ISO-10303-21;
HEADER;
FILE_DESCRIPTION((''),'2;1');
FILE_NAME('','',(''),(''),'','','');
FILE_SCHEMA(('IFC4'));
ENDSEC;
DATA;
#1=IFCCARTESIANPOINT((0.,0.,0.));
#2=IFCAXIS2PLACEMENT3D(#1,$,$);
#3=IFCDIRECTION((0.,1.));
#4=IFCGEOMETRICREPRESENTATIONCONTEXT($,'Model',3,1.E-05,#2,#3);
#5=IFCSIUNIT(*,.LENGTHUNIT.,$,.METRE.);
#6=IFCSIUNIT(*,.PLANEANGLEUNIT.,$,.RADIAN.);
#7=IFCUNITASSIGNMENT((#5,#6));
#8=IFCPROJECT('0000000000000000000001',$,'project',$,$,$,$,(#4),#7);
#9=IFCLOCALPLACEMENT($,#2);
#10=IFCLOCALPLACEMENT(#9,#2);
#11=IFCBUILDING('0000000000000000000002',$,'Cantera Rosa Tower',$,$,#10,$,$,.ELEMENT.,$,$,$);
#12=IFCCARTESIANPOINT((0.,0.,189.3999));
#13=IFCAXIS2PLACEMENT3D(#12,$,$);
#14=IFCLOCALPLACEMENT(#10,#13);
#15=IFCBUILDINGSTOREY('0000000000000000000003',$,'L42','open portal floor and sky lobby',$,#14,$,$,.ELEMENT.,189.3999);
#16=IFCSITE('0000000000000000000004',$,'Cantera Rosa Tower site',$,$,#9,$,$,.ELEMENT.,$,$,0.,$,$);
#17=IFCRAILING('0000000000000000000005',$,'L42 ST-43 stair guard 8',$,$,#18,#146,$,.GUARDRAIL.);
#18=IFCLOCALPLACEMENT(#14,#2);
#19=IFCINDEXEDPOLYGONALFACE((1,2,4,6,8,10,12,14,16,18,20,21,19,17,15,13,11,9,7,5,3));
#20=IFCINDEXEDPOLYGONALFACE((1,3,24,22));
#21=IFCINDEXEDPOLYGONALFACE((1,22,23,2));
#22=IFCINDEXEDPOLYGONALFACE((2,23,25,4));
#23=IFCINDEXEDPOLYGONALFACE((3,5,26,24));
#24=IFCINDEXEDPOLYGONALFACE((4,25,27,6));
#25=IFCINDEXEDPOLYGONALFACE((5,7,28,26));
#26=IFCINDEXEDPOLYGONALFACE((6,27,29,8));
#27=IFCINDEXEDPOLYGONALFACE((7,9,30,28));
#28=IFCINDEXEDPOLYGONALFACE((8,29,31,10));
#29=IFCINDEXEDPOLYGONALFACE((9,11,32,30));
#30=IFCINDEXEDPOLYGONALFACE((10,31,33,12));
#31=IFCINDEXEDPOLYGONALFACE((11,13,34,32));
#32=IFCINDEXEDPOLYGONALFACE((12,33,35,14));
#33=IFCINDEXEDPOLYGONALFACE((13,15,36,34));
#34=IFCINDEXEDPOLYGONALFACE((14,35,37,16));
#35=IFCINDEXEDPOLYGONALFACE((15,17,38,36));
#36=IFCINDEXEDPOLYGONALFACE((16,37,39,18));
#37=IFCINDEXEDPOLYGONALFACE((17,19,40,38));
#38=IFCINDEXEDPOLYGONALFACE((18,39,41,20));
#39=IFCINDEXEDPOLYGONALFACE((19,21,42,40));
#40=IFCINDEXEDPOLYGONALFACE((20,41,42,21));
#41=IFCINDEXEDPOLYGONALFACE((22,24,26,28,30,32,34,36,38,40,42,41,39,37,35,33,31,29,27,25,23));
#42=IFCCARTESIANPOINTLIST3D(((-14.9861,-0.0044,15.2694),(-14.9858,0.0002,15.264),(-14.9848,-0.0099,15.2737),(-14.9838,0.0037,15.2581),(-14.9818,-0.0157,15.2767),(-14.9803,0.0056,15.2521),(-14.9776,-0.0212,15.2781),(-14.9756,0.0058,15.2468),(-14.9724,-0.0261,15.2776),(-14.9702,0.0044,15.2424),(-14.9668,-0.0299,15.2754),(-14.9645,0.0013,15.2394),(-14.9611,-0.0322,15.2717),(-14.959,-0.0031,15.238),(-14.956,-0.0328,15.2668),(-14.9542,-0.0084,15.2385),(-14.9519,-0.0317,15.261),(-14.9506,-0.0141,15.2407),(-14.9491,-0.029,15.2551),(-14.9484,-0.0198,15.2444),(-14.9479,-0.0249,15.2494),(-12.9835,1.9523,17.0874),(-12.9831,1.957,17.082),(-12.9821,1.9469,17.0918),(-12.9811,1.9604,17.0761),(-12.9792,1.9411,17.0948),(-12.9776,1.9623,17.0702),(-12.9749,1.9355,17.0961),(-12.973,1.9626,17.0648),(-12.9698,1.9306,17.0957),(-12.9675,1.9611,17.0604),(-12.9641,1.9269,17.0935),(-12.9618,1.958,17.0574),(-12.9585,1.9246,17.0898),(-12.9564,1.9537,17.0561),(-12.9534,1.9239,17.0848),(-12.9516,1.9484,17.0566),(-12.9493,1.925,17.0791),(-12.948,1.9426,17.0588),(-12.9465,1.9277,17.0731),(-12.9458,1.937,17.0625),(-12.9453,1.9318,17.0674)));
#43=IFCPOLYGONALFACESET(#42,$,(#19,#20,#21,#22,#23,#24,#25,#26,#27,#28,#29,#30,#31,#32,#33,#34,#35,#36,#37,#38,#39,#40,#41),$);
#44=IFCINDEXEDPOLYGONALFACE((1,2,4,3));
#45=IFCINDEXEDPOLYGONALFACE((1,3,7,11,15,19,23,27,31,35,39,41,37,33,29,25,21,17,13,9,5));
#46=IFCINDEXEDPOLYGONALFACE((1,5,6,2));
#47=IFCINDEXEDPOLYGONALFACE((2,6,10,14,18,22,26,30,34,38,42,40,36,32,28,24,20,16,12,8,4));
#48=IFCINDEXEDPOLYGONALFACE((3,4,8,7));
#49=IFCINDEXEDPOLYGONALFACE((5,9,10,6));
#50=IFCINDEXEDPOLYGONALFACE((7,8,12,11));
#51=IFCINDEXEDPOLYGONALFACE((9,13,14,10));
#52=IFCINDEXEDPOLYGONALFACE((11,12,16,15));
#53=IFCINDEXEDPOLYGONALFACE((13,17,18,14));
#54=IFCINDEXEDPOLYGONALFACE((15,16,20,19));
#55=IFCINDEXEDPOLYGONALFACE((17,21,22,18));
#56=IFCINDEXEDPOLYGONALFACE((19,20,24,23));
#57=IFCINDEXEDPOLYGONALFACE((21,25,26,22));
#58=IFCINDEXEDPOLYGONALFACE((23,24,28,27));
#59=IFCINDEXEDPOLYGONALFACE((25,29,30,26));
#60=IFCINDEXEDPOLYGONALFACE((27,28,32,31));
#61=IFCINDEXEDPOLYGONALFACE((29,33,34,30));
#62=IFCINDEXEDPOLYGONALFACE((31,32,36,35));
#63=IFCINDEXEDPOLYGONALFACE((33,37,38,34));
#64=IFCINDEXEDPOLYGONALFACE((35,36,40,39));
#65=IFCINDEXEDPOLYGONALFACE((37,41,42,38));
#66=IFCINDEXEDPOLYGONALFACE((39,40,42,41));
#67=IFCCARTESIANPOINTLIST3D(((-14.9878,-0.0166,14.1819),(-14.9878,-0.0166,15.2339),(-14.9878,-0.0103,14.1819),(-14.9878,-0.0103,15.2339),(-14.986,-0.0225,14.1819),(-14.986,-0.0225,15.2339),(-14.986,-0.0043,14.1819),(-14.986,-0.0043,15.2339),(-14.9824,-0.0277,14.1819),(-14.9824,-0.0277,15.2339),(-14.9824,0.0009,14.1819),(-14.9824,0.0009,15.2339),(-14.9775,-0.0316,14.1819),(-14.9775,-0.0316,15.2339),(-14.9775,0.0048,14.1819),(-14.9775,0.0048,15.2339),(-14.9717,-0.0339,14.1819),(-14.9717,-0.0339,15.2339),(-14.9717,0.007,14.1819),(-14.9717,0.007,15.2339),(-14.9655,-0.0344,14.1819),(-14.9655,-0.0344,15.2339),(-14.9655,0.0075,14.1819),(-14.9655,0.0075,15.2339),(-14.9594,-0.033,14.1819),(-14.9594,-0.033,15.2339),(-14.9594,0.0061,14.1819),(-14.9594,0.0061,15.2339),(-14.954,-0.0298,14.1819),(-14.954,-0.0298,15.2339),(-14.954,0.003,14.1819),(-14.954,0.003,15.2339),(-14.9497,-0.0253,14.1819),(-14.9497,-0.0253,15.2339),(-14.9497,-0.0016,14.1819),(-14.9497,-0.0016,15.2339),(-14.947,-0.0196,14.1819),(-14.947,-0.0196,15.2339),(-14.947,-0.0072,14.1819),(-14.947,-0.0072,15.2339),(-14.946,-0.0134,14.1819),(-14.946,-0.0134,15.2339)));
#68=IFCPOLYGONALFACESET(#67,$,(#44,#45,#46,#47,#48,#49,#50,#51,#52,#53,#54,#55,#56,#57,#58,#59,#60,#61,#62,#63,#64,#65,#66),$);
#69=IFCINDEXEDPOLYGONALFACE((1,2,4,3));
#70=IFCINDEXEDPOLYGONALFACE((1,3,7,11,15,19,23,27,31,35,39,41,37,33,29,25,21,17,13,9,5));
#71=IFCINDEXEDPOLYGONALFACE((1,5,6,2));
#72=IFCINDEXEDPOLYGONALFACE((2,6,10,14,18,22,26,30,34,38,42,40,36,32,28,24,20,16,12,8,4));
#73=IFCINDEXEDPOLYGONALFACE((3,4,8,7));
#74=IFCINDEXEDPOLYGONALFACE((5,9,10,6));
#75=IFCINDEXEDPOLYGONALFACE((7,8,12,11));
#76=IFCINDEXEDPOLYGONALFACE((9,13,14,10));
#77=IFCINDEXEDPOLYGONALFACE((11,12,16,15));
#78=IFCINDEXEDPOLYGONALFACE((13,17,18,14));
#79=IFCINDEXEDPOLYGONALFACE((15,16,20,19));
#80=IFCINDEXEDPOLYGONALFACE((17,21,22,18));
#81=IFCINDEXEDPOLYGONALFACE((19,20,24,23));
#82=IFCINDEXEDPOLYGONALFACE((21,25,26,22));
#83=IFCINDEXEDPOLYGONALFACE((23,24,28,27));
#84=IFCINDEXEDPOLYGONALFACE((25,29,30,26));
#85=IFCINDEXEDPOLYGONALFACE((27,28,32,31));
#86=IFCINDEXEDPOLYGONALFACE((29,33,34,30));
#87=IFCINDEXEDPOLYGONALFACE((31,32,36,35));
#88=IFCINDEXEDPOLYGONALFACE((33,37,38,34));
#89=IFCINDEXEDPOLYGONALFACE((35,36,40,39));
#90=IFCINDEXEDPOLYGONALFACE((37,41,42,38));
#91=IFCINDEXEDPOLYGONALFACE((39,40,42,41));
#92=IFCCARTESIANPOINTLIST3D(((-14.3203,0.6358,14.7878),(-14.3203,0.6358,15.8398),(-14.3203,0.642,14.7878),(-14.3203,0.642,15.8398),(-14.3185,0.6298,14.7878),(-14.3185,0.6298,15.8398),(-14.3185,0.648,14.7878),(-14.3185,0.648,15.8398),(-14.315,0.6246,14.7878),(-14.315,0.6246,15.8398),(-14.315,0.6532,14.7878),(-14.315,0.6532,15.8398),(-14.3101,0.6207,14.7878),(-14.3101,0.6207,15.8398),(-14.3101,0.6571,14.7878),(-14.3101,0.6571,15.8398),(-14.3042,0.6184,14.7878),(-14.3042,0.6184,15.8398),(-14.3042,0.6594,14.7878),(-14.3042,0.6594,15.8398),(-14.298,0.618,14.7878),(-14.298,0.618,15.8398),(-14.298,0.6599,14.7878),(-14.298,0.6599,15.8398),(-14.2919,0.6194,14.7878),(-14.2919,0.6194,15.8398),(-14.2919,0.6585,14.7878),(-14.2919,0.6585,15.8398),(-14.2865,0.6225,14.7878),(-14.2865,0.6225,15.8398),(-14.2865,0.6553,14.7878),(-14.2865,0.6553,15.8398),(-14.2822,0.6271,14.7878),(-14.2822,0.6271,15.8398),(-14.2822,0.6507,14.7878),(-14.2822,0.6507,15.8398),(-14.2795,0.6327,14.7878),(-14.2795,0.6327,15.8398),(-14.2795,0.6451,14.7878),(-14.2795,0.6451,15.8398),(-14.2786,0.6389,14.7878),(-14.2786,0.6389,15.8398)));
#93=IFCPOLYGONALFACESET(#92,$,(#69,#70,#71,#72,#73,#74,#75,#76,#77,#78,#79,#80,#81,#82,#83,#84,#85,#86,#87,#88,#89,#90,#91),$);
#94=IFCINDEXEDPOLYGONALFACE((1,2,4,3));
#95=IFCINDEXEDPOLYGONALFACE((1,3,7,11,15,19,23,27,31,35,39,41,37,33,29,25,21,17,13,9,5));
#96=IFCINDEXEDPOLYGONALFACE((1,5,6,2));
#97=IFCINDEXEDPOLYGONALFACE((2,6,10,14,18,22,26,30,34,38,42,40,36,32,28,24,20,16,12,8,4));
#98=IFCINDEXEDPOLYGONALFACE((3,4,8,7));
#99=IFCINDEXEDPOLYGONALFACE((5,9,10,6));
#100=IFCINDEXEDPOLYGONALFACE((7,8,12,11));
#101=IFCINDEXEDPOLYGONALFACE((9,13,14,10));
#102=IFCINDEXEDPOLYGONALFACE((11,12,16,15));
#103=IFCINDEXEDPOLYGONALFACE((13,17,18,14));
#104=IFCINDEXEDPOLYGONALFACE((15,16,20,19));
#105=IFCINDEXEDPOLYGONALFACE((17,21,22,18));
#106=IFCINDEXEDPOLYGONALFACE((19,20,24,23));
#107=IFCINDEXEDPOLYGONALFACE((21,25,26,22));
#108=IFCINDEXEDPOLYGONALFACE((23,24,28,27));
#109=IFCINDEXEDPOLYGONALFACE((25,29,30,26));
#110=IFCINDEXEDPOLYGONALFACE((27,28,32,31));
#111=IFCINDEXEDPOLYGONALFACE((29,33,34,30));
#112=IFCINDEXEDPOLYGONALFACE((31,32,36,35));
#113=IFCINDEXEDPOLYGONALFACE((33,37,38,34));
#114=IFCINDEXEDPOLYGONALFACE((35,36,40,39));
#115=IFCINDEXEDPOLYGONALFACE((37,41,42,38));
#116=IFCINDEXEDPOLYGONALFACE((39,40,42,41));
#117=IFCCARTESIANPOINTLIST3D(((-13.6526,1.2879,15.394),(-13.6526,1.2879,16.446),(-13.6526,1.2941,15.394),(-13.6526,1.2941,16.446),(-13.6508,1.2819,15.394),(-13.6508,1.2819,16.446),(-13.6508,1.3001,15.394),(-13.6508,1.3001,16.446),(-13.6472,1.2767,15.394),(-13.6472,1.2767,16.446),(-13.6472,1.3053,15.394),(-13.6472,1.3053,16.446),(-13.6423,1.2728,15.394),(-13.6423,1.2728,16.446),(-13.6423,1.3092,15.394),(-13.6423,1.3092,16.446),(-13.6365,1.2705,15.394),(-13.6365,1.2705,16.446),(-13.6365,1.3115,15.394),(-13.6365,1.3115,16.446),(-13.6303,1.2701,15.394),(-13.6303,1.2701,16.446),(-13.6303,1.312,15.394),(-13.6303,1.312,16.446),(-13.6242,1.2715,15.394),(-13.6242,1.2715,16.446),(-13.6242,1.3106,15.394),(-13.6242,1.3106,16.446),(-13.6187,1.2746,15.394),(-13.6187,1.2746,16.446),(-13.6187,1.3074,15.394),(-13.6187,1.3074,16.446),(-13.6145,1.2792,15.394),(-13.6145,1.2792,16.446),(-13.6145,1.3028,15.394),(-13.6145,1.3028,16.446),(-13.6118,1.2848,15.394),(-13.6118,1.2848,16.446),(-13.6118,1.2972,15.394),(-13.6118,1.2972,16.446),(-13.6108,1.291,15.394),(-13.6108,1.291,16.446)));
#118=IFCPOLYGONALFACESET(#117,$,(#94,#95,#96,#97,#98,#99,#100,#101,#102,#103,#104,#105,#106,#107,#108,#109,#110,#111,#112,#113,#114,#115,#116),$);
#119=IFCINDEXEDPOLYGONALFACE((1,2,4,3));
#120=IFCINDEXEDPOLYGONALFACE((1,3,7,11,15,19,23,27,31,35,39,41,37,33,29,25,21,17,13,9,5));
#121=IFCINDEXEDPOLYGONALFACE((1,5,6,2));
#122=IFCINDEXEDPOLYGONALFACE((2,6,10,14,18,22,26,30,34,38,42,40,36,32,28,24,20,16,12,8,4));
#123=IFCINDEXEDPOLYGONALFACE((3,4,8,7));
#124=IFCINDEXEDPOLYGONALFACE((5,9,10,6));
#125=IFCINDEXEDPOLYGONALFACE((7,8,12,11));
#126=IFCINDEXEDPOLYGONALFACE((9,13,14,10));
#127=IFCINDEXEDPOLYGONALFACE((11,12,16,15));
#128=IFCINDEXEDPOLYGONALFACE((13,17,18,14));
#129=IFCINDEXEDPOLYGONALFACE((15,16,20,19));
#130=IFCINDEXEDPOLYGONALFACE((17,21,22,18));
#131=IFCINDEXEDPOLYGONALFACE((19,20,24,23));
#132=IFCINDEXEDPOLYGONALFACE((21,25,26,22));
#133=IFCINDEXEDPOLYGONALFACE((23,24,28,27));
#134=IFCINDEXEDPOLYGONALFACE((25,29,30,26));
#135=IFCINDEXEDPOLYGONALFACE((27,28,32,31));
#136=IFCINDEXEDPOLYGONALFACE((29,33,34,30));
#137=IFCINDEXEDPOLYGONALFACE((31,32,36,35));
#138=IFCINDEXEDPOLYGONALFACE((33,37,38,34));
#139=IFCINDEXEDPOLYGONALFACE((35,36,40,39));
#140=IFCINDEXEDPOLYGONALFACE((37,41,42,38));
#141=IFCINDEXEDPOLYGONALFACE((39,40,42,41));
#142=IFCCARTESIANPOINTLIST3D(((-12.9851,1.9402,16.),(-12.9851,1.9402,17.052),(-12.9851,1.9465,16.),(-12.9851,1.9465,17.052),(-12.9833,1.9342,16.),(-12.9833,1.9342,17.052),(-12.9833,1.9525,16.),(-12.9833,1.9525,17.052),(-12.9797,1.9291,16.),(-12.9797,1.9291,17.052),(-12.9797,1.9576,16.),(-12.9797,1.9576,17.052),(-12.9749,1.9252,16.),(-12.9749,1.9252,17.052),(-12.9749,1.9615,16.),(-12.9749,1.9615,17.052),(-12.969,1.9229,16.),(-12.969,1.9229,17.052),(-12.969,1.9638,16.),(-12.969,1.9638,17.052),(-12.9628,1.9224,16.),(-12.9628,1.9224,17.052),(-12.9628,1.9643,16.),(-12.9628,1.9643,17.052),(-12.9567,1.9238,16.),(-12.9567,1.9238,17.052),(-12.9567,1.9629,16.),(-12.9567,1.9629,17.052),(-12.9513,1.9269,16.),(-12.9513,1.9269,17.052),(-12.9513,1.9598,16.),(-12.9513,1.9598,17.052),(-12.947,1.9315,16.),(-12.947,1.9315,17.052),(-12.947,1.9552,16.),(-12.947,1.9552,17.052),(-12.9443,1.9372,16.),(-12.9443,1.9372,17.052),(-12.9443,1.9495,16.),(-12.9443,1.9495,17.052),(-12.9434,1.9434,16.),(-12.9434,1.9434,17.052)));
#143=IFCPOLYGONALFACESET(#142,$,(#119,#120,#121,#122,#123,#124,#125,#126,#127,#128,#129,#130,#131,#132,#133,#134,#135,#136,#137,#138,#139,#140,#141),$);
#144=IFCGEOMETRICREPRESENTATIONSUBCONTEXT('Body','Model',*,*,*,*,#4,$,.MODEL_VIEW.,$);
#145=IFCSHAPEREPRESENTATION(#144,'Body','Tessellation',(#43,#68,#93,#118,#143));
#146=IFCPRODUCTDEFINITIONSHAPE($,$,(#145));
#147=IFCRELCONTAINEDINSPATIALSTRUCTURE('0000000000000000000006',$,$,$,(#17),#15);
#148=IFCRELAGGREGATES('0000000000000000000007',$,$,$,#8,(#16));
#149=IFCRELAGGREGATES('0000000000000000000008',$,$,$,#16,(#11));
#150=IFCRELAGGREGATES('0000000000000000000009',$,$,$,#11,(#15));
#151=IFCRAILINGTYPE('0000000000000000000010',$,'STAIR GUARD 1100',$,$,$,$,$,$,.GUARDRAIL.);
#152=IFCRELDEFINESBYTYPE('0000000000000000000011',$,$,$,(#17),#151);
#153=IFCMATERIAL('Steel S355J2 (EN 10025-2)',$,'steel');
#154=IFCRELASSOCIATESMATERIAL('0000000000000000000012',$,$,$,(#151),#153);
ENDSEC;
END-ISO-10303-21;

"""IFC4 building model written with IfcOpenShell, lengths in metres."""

from ifc_helpers import new_model, si_unit, direction, frame, origin, origin_2d, place, context, subcontext, project, spatial, circle, extrude, material, type_object, element, save


model = new_model("IFC4")

# Units and contexts
model_context = context("Model", 3, precision=1e-05, world=origin(), true_north=direction((0.0, 1.0)))
body_context = subcontext(model_context, "Body", "Model", "MODEL_VIEW")
ifc_project = project(units=[si_unit("LENGTHUNIT", "METRE"), si_unit("PLANEANGLEUNIT", "RADIAN")], contexts=[model_context])

# Site, building, storey
site_placement = place(None, origin())
site = spatial("IfcSite", under=ifc_project, at=site_placement, Name="Cantera Rosa Tower site", CompositionType="ELEMENT", RefElevation=0.0)
building_placement = place(site_placement, origin())
building = spatial("IfcBuilding", under=site, at=building_placement, Name="Cantera Rosa Tower", CompositionType="ELEMENT")
storey_placement = place(building_placement, frame((0.0, 0.0, 189.3999)))
storey = spatial("IfcBuildingStorey", under=building, at=storey_placement, Name="L42", Description="open portal floor and sky lobby", CompositionType="ELEMENT", Elevation=189.3999)

# Railing
ifc_material_1 = material(Name="Steel S355J2 (EN 10025-2)", Category="steel")
railing_type_1 = type_object("IfcRailingType", Name="STAIR GUARD 1100", PredefinedType="GUARDRAIL", material=ifc_material_1)
railing_1_placement = place(storey_placement, frame((-14.967, -0.0134, 14.1819)))
element("IfcRailing", 1, at=railing_1_placement, inside=storey, type_object=railing_type_1, Name="L42 ST-43 stair guard 8", PredefinedType="GUARDRAIL", context=body_context, shape_type="SweptSolid", body=[
    extrude(circle(Radius=0.0239, at=origin_2d()), frame((0.0, 0.0, 1.0762), z_axis=(0.599883, 0.586135, 0.544597), x_axis=(-0.698863, 0.715256, 0.0)), (0.0, 0.0, 1.0), 3.3384),
    extrude(circle(Radius=0.021, at=origin_2d()), origin(), (0.0, 0.0, 1.0), 1.052),
    extrude(circle(Radius=0.021, at=origin_2d()), frame((0.6675, 0.6523, 0.606)), (0.0, 0.0, 1.0), 1.052),
    extrude(circle(Radius=0.021, at=origin_2d()), frame((1.3352, 1.3044, 1.2122)), (0.0, 0.0, 1.0), 1.052),
    extrude(circle(Radius=0.021, at=origin_2d()), frame((2.0027, 1.9568, 1.8181)), (0.0, 0.0, 1.0), 1.052),
])

save(model, "model.ifc")
